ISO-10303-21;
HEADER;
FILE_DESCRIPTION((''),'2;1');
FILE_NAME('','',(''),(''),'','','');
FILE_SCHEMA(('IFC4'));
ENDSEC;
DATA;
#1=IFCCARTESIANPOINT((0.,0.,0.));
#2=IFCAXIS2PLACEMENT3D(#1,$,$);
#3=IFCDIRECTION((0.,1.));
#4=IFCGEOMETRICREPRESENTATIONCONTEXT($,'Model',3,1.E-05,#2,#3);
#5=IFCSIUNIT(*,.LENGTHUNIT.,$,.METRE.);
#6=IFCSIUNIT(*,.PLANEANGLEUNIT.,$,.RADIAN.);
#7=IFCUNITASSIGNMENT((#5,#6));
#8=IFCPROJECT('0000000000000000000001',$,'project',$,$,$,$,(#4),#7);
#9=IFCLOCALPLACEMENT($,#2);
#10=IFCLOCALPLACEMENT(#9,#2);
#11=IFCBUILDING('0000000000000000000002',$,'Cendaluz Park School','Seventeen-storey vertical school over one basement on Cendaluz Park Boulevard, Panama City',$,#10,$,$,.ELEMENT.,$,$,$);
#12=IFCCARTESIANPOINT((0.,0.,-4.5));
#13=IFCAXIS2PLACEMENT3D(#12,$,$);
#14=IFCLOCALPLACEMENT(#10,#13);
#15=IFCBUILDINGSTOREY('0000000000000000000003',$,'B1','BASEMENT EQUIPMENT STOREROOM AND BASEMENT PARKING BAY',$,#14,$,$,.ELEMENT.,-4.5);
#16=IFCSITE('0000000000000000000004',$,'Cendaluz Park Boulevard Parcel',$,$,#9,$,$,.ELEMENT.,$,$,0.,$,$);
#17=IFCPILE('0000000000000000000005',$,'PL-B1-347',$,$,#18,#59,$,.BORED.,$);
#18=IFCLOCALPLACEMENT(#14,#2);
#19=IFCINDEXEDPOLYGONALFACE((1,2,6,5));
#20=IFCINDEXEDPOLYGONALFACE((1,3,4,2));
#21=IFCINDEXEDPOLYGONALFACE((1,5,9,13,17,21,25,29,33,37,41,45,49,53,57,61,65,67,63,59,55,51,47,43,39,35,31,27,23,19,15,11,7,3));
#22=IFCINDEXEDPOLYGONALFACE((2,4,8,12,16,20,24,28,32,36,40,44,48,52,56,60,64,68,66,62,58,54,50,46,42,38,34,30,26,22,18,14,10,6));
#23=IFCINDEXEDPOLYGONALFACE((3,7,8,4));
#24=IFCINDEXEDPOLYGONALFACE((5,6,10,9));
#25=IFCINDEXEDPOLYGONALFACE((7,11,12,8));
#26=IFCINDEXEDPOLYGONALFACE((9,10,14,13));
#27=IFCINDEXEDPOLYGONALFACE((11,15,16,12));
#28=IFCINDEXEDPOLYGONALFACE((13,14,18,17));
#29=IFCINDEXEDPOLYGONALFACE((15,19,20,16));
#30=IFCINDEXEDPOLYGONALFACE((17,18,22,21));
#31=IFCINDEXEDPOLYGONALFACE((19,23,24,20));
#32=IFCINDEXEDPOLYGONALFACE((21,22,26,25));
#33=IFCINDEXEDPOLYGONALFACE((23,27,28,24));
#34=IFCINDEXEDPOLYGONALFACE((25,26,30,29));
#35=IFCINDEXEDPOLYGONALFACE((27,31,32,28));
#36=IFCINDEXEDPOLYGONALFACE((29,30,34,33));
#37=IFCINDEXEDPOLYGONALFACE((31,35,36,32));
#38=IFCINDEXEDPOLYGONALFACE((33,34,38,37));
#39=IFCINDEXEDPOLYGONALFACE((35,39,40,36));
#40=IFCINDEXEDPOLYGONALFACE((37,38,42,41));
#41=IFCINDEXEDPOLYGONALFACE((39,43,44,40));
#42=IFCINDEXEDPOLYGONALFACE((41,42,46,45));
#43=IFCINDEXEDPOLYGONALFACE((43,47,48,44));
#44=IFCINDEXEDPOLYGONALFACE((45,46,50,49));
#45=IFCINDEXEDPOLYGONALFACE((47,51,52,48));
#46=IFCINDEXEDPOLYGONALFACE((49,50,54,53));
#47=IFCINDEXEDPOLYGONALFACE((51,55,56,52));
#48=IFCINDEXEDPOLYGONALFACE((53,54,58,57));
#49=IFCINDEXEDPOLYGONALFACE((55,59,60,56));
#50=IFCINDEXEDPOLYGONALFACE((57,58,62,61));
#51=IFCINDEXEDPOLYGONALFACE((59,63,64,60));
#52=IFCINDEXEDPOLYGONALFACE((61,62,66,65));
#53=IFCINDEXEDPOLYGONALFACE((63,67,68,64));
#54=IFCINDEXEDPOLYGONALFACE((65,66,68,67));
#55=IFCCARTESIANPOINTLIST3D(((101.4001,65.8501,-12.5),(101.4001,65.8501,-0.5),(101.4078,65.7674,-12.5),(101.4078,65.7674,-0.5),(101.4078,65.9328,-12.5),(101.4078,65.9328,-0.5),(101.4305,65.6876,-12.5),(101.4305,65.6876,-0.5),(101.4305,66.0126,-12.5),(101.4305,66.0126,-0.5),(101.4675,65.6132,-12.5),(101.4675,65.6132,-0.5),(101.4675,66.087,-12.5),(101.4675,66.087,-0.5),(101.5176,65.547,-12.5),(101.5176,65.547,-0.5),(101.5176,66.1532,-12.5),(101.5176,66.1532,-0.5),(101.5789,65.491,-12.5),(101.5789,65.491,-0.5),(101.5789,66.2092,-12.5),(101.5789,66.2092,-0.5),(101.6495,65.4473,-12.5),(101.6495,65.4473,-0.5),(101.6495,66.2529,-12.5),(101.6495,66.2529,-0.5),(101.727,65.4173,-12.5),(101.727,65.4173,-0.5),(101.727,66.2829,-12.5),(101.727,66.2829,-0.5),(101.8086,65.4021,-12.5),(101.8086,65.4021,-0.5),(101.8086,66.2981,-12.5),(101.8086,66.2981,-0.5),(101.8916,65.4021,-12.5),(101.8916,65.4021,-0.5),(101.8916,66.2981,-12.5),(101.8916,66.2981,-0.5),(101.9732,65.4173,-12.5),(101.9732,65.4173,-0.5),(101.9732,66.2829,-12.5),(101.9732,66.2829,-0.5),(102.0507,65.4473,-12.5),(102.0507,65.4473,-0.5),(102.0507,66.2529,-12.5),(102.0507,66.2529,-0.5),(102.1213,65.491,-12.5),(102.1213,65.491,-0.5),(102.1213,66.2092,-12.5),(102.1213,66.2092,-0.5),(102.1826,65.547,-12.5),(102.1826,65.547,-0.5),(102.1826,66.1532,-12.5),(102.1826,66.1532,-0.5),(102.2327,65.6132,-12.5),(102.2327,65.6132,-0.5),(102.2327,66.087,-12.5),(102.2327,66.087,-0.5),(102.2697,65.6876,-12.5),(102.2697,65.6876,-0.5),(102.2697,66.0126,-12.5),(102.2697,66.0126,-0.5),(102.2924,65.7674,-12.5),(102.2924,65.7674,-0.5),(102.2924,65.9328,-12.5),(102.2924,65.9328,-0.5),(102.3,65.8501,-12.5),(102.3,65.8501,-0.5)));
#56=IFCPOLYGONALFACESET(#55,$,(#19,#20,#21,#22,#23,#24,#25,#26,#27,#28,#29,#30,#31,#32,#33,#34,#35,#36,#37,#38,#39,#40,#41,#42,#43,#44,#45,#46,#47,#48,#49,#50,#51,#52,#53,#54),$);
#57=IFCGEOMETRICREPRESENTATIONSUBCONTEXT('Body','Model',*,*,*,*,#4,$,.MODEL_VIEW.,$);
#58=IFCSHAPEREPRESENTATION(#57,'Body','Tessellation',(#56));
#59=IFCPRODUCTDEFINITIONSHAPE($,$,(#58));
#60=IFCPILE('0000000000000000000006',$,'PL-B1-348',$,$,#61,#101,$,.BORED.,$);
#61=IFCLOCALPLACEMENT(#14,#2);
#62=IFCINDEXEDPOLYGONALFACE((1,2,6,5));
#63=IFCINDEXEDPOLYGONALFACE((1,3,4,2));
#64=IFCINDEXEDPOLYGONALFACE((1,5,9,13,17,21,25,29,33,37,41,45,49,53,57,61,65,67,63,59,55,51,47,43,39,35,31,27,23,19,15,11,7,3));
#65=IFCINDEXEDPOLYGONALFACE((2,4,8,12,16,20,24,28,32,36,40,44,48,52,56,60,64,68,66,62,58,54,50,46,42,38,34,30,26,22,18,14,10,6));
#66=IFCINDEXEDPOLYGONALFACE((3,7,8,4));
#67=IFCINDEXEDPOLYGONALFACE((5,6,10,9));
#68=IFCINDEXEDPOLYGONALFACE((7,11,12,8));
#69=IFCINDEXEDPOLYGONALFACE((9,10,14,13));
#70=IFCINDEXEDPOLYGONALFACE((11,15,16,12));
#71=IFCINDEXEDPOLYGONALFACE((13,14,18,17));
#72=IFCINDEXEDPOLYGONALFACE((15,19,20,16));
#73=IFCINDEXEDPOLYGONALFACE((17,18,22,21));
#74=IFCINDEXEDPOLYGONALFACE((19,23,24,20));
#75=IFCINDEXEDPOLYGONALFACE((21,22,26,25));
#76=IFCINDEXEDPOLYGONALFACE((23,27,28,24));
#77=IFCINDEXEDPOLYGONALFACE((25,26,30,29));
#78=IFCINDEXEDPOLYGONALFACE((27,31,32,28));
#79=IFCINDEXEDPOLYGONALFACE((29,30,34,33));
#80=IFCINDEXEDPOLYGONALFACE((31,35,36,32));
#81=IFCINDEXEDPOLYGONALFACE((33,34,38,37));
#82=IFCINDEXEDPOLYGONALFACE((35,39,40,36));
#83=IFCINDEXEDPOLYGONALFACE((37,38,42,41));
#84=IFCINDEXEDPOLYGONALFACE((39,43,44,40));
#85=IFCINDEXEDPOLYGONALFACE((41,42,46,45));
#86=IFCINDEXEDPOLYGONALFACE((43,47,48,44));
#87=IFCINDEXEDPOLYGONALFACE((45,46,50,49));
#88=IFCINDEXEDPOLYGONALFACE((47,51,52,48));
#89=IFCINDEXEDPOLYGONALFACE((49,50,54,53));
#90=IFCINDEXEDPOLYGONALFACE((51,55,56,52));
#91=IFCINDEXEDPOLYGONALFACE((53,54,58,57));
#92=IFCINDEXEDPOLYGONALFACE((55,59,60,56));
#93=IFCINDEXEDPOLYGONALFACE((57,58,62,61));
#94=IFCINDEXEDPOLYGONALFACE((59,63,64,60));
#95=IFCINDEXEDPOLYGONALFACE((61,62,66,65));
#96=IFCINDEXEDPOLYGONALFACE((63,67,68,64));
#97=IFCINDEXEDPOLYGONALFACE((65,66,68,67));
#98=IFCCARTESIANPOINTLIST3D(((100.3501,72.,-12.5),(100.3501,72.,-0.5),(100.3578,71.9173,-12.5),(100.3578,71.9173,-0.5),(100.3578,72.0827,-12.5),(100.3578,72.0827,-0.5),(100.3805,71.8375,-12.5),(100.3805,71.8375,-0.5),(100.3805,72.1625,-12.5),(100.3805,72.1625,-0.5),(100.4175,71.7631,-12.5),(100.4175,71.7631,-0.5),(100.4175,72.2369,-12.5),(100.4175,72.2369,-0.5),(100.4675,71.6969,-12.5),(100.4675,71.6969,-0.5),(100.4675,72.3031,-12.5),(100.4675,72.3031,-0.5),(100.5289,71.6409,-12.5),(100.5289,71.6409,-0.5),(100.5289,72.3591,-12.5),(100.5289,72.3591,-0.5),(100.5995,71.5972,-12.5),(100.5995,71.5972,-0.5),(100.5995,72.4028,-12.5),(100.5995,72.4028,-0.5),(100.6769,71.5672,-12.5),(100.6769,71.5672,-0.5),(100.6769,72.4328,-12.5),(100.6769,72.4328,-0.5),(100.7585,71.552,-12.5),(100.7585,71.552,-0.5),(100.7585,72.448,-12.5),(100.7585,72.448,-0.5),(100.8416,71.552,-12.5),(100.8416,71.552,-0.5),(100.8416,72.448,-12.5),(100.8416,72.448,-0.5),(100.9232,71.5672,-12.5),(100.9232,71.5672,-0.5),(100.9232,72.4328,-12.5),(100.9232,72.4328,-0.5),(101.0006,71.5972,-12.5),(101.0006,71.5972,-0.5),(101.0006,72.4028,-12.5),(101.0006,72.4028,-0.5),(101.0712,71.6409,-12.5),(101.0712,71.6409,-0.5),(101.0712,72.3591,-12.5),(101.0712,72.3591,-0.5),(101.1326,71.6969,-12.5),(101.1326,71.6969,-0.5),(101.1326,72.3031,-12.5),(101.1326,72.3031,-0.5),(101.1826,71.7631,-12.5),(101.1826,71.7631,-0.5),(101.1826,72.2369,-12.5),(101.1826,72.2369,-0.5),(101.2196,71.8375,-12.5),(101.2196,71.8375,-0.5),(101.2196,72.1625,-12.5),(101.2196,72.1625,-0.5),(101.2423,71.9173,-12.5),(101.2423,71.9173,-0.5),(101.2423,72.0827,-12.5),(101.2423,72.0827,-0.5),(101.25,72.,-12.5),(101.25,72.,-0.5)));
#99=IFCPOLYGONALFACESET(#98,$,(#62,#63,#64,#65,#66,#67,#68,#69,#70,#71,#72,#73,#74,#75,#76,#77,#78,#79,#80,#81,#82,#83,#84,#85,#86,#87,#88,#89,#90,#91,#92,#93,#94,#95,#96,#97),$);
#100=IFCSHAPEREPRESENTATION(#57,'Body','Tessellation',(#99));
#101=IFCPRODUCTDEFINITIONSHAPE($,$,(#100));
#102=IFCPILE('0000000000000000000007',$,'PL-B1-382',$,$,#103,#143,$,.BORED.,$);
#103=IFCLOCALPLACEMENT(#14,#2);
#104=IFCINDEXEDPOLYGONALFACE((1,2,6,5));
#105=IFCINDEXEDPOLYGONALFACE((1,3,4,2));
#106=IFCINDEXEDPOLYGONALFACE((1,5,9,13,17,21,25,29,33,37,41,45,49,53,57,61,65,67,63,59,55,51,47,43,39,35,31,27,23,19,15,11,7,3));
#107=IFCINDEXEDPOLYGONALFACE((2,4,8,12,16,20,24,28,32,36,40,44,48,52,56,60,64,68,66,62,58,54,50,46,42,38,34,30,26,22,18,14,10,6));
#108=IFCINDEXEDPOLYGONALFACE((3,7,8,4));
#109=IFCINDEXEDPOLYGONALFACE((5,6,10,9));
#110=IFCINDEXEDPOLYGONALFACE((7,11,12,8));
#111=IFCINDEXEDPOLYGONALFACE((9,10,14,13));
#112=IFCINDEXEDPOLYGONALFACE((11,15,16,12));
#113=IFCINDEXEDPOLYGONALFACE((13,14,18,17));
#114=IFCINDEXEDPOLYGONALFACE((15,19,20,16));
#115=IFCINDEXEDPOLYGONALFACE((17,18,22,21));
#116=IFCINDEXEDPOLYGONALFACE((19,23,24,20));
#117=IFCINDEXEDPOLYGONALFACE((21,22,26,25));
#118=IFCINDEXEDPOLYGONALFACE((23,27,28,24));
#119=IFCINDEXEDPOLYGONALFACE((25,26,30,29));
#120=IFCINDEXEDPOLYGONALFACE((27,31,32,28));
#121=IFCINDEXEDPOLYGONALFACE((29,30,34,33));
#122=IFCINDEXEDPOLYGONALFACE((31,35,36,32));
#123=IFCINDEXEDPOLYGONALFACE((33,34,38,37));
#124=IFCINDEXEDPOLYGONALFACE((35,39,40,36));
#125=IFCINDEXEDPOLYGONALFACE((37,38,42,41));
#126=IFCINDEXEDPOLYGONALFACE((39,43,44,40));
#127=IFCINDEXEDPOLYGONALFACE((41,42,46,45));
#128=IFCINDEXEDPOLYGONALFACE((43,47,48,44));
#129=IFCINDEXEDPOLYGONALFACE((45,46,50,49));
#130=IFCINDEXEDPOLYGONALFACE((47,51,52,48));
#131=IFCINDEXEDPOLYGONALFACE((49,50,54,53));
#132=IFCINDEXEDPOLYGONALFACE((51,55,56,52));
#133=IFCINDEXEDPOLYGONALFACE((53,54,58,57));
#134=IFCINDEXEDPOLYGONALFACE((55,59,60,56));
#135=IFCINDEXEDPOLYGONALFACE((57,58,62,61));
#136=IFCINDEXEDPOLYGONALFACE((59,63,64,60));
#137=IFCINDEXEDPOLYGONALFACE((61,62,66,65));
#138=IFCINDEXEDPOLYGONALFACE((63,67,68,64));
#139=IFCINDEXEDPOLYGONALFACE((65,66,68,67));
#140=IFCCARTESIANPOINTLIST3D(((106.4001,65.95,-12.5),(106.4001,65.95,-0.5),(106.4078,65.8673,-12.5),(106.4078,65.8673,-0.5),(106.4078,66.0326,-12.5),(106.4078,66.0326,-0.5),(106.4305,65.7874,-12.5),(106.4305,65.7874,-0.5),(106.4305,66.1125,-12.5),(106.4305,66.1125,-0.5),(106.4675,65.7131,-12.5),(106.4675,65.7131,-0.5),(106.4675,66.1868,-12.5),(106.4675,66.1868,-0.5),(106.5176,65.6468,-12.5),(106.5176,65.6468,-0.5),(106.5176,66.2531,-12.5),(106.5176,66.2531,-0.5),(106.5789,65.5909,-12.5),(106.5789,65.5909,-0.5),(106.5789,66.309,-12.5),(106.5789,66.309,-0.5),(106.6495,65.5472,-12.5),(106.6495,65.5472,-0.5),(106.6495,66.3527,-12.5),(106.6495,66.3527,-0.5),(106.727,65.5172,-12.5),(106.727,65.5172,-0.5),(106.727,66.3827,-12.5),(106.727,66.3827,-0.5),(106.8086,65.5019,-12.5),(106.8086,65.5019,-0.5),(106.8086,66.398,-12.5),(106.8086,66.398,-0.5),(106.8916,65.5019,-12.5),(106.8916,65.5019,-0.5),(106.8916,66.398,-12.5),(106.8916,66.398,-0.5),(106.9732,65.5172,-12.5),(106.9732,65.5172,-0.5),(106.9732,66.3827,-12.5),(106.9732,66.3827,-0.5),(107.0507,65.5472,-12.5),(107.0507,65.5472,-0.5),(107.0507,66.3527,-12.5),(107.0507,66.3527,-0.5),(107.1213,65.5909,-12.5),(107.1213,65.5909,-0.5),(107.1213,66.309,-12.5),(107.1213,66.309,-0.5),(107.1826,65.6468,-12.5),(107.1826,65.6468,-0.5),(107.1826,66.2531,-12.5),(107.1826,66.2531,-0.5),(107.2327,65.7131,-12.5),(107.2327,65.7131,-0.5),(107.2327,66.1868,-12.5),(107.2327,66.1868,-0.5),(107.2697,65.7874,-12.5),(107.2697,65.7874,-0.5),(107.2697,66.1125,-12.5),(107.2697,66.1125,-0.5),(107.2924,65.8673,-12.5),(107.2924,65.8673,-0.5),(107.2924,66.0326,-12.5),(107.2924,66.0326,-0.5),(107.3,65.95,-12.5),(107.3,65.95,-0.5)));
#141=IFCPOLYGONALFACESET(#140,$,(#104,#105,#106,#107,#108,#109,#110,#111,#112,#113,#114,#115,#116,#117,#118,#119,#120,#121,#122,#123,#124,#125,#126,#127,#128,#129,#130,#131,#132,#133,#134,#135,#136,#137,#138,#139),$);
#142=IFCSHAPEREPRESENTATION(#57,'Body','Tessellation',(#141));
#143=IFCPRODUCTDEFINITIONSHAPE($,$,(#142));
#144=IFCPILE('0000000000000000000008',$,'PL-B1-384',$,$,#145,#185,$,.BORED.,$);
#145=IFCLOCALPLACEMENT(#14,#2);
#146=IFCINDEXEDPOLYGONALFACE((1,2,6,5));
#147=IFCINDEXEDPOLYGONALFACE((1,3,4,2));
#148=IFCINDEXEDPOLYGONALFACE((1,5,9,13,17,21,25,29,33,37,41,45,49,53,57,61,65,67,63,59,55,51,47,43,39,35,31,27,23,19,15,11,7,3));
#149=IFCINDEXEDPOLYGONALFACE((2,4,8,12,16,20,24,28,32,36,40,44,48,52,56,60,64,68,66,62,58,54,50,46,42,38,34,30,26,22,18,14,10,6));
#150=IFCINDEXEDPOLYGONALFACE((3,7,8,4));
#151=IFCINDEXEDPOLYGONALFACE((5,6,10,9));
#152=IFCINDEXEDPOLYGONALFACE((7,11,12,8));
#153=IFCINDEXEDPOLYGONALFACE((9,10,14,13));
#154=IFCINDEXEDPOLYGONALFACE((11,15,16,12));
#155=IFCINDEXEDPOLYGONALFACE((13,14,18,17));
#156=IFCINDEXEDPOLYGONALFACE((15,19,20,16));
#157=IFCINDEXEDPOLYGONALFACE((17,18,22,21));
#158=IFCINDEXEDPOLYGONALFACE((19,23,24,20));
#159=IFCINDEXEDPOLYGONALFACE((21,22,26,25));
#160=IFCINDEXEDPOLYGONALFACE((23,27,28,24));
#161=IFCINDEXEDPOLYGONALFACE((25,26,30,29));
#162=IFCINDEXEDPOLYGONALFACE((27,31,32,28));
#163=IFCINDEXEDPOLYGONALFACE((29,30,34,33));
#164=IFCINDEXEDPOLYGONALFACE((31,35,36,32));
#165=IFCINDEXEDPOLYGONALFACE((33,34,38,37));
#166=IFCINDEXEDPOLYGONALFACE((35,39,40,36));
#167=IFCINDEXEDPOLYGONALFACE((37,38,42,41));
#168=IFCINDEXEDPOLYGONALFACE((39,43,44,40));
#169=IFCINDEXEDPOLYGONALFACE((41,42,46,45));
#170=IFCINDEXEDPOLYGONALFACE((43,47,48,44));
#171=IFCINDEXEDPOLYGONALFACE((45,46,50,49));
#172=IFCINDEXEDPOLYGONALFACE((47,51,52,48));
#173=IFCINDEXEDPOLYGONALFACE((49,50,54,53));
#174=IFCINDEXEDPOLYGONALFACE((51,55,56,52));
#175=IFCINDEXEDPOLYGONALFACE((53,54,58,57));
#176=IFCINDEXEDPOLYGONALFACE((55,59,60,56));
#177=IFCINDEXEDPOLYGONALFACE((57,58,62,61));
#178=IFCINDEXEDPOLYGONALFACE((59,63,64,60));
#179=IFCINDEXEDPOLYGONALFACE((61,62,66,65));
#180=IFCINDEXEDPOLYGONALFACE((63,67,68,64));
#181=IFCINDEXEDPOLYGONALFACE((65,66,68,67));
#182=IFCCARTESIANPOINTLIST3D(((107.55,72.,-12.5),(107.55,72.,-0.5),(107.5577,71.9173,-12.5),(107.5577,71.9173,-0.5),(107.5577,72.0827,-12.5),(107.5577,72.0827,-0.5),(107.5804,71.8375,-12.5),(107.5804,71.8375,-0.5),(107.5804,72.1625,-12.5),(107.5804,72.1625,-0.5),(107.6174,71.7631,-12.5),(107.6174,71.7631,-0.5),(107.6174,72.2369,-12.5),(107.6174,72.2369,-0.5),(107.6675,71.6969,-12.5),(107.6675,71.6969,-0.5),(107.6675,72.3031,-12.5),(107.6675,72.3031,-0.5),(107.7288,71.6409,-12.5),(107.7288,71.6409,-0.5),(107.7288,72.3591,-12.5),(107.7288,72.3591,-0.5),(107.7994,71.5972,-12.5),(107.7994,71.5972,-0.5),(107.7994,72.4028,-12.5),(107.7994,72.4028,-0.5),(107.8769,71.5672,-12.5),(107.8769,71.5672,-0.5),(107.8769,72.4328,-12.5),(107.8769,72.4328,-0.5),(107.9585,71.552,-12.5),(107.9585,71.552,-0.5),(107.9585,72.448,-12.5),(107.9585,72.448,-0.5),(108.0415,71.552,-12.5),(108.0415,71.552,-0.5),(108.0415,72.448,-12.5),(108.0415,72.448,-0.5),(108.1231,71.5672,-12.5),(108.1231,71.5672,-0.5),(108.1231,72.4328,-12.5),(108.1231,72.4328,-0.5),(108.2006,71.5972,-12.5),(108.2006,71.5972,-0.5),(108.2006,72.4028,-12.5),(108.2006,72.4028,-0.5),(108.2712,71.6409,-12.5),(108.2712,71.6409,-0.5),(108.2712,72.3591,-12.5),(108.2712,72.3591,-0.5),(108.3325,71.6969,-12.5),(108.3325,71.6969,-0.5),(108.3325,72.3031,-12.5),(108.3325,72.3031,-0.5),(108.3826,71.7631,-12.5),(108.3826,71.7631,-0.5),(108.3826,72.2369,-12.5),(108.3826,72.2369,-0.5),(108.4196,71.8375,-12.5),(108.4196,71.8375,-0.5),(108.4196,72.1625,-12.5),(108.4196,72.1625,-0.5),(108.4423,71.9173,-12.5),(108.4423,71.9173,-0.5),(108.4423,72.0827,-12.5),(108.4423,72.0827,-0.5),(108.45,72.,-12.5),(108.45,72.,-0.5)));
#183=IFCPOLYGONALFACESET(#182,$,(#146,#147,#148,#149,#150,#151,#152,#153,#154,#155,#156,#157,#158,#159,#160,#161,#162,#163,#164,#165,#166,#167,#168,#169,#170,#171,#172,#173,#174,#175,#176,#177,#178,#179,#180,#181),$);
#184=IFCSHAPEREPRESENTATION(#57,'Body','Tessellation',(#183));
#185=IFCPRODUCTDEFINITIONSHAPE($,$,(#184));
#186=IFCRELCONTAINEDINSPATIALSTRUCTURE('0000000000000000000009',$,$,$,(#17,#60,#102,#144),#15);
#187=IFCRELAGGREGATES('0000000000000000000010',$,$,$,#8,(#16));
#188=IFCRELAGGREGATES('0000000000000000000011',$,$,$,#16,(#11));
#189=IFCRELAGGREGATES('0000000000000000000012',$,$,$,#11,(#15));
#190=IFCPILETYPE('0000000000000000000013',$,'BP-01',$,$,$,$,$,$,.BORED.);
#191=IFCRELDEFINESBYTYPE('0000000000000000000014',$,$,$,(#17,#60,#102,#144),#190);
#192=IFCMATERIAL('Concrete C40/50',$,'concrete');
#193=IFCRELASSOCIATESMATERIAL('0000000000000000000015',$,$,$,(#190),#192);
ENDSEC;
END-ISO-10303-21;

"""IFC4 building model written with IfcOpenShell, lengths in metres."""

from ifc_helpers import new_model, si_unit, direction, frame, origin, origin_2d, place, context, subcontext, project, spatial, circle, extrude, material, material_profile, profile_set, type_object, element, save


model = new_model("IFC4")

# Units and contexts
model_context = context("Model", 3, precision=1e-05, world=origin(), true_north=direction((0.0, 1.0)))
body_context = subcontext(model_context, "Body", "Model", "MODEL_VIEW")
ifc_project = project(units=[si_unit("LENGTHUNIT", "METRE"), si_unit("PLANEANGLEUNIT", "RADIAN")], contexts=[model_context])

# Site, building, storey
site_placement = place(None, origin())
site = spatial("IfcSite", under=ifc_project, at=site_placement, Name="Cendaluz Park Boulevard Parcel", CompositionType="ELEMENT", RefElevation=0.0)
building_placement = place(site_placement, origin())
building = spatial("IfcBuilding", under=site, at=building_placement, Name="Cendaluz Park School", Description="Seventeen-storey vertical school over one basement on Cendaluz Park Boulevard, Panama City", CompositionType="ELEMENT")
storey_placement = place(building_placement, frame((0.0, 0.0, -4.5)))
storey = spatial("IfcBuildingStorey", under=building, at=storey_placement, Name="B1", Description="BASEMENT EQUIPMENT STOREROOM AND BASEMENT PARKING BAY", CompositionType="ELEMENT", Elevation=-4.5)

# Piles
ifc_material_1 = material(Name="Concrete C40/50", Category="concrete")
ifc_material_profile_1 = material_profile(ifc_material_1, circle(Radius=0.45, at=origin_2d()), Name="BP D900", Category="concrete")
ifc_profile_set_1 = profile_set([ifc_material_profile_1], Name="Concrete C40/50")
pile_type_1 = type_object("IfcPileType", Name="BP-01", PredefinedType="BORED", material=ifc_profile_set_1)
for number, where, z_axis, x_axis, name in (
    (1, (101.8501, 65.8501, -0.5), (0.0, 0.0, -1.0), (1.0, 0.0, 0.0), "PL-B1-347"),
    (2, (100.8, 72.0, -0.5), (0.0, 0.0, -1.0), (1.0, 0.0, 0.0), "PL-B1-348"),
    (3, (106.8501, 65.95, -0.5), (0.0, 0.0, -1.0), (1.0, 0.0, 0.0), "PL-B1-382"),
    (4, (108.0, 72.0, -0.5), (0.0, 0.0, -1.0), (1.0, 0.0, 0.0), "PL-B1-384"),
):
    element("IfcPile", number, at=place(storey_placement, frame(where, z_axis=z_axis, x_axis=x_axis)), inside=storey, type_object=pile_type_1, Name=name, PredefinedType="BORED", context=body_context, shape_type="SweptSolid", body=[
        extrude(circle(Radius=0.45, at=origin_2d()), origin(), (0.0, 0.0, 1.0), 12.0),
    ])

save(model, "model.ifc")
